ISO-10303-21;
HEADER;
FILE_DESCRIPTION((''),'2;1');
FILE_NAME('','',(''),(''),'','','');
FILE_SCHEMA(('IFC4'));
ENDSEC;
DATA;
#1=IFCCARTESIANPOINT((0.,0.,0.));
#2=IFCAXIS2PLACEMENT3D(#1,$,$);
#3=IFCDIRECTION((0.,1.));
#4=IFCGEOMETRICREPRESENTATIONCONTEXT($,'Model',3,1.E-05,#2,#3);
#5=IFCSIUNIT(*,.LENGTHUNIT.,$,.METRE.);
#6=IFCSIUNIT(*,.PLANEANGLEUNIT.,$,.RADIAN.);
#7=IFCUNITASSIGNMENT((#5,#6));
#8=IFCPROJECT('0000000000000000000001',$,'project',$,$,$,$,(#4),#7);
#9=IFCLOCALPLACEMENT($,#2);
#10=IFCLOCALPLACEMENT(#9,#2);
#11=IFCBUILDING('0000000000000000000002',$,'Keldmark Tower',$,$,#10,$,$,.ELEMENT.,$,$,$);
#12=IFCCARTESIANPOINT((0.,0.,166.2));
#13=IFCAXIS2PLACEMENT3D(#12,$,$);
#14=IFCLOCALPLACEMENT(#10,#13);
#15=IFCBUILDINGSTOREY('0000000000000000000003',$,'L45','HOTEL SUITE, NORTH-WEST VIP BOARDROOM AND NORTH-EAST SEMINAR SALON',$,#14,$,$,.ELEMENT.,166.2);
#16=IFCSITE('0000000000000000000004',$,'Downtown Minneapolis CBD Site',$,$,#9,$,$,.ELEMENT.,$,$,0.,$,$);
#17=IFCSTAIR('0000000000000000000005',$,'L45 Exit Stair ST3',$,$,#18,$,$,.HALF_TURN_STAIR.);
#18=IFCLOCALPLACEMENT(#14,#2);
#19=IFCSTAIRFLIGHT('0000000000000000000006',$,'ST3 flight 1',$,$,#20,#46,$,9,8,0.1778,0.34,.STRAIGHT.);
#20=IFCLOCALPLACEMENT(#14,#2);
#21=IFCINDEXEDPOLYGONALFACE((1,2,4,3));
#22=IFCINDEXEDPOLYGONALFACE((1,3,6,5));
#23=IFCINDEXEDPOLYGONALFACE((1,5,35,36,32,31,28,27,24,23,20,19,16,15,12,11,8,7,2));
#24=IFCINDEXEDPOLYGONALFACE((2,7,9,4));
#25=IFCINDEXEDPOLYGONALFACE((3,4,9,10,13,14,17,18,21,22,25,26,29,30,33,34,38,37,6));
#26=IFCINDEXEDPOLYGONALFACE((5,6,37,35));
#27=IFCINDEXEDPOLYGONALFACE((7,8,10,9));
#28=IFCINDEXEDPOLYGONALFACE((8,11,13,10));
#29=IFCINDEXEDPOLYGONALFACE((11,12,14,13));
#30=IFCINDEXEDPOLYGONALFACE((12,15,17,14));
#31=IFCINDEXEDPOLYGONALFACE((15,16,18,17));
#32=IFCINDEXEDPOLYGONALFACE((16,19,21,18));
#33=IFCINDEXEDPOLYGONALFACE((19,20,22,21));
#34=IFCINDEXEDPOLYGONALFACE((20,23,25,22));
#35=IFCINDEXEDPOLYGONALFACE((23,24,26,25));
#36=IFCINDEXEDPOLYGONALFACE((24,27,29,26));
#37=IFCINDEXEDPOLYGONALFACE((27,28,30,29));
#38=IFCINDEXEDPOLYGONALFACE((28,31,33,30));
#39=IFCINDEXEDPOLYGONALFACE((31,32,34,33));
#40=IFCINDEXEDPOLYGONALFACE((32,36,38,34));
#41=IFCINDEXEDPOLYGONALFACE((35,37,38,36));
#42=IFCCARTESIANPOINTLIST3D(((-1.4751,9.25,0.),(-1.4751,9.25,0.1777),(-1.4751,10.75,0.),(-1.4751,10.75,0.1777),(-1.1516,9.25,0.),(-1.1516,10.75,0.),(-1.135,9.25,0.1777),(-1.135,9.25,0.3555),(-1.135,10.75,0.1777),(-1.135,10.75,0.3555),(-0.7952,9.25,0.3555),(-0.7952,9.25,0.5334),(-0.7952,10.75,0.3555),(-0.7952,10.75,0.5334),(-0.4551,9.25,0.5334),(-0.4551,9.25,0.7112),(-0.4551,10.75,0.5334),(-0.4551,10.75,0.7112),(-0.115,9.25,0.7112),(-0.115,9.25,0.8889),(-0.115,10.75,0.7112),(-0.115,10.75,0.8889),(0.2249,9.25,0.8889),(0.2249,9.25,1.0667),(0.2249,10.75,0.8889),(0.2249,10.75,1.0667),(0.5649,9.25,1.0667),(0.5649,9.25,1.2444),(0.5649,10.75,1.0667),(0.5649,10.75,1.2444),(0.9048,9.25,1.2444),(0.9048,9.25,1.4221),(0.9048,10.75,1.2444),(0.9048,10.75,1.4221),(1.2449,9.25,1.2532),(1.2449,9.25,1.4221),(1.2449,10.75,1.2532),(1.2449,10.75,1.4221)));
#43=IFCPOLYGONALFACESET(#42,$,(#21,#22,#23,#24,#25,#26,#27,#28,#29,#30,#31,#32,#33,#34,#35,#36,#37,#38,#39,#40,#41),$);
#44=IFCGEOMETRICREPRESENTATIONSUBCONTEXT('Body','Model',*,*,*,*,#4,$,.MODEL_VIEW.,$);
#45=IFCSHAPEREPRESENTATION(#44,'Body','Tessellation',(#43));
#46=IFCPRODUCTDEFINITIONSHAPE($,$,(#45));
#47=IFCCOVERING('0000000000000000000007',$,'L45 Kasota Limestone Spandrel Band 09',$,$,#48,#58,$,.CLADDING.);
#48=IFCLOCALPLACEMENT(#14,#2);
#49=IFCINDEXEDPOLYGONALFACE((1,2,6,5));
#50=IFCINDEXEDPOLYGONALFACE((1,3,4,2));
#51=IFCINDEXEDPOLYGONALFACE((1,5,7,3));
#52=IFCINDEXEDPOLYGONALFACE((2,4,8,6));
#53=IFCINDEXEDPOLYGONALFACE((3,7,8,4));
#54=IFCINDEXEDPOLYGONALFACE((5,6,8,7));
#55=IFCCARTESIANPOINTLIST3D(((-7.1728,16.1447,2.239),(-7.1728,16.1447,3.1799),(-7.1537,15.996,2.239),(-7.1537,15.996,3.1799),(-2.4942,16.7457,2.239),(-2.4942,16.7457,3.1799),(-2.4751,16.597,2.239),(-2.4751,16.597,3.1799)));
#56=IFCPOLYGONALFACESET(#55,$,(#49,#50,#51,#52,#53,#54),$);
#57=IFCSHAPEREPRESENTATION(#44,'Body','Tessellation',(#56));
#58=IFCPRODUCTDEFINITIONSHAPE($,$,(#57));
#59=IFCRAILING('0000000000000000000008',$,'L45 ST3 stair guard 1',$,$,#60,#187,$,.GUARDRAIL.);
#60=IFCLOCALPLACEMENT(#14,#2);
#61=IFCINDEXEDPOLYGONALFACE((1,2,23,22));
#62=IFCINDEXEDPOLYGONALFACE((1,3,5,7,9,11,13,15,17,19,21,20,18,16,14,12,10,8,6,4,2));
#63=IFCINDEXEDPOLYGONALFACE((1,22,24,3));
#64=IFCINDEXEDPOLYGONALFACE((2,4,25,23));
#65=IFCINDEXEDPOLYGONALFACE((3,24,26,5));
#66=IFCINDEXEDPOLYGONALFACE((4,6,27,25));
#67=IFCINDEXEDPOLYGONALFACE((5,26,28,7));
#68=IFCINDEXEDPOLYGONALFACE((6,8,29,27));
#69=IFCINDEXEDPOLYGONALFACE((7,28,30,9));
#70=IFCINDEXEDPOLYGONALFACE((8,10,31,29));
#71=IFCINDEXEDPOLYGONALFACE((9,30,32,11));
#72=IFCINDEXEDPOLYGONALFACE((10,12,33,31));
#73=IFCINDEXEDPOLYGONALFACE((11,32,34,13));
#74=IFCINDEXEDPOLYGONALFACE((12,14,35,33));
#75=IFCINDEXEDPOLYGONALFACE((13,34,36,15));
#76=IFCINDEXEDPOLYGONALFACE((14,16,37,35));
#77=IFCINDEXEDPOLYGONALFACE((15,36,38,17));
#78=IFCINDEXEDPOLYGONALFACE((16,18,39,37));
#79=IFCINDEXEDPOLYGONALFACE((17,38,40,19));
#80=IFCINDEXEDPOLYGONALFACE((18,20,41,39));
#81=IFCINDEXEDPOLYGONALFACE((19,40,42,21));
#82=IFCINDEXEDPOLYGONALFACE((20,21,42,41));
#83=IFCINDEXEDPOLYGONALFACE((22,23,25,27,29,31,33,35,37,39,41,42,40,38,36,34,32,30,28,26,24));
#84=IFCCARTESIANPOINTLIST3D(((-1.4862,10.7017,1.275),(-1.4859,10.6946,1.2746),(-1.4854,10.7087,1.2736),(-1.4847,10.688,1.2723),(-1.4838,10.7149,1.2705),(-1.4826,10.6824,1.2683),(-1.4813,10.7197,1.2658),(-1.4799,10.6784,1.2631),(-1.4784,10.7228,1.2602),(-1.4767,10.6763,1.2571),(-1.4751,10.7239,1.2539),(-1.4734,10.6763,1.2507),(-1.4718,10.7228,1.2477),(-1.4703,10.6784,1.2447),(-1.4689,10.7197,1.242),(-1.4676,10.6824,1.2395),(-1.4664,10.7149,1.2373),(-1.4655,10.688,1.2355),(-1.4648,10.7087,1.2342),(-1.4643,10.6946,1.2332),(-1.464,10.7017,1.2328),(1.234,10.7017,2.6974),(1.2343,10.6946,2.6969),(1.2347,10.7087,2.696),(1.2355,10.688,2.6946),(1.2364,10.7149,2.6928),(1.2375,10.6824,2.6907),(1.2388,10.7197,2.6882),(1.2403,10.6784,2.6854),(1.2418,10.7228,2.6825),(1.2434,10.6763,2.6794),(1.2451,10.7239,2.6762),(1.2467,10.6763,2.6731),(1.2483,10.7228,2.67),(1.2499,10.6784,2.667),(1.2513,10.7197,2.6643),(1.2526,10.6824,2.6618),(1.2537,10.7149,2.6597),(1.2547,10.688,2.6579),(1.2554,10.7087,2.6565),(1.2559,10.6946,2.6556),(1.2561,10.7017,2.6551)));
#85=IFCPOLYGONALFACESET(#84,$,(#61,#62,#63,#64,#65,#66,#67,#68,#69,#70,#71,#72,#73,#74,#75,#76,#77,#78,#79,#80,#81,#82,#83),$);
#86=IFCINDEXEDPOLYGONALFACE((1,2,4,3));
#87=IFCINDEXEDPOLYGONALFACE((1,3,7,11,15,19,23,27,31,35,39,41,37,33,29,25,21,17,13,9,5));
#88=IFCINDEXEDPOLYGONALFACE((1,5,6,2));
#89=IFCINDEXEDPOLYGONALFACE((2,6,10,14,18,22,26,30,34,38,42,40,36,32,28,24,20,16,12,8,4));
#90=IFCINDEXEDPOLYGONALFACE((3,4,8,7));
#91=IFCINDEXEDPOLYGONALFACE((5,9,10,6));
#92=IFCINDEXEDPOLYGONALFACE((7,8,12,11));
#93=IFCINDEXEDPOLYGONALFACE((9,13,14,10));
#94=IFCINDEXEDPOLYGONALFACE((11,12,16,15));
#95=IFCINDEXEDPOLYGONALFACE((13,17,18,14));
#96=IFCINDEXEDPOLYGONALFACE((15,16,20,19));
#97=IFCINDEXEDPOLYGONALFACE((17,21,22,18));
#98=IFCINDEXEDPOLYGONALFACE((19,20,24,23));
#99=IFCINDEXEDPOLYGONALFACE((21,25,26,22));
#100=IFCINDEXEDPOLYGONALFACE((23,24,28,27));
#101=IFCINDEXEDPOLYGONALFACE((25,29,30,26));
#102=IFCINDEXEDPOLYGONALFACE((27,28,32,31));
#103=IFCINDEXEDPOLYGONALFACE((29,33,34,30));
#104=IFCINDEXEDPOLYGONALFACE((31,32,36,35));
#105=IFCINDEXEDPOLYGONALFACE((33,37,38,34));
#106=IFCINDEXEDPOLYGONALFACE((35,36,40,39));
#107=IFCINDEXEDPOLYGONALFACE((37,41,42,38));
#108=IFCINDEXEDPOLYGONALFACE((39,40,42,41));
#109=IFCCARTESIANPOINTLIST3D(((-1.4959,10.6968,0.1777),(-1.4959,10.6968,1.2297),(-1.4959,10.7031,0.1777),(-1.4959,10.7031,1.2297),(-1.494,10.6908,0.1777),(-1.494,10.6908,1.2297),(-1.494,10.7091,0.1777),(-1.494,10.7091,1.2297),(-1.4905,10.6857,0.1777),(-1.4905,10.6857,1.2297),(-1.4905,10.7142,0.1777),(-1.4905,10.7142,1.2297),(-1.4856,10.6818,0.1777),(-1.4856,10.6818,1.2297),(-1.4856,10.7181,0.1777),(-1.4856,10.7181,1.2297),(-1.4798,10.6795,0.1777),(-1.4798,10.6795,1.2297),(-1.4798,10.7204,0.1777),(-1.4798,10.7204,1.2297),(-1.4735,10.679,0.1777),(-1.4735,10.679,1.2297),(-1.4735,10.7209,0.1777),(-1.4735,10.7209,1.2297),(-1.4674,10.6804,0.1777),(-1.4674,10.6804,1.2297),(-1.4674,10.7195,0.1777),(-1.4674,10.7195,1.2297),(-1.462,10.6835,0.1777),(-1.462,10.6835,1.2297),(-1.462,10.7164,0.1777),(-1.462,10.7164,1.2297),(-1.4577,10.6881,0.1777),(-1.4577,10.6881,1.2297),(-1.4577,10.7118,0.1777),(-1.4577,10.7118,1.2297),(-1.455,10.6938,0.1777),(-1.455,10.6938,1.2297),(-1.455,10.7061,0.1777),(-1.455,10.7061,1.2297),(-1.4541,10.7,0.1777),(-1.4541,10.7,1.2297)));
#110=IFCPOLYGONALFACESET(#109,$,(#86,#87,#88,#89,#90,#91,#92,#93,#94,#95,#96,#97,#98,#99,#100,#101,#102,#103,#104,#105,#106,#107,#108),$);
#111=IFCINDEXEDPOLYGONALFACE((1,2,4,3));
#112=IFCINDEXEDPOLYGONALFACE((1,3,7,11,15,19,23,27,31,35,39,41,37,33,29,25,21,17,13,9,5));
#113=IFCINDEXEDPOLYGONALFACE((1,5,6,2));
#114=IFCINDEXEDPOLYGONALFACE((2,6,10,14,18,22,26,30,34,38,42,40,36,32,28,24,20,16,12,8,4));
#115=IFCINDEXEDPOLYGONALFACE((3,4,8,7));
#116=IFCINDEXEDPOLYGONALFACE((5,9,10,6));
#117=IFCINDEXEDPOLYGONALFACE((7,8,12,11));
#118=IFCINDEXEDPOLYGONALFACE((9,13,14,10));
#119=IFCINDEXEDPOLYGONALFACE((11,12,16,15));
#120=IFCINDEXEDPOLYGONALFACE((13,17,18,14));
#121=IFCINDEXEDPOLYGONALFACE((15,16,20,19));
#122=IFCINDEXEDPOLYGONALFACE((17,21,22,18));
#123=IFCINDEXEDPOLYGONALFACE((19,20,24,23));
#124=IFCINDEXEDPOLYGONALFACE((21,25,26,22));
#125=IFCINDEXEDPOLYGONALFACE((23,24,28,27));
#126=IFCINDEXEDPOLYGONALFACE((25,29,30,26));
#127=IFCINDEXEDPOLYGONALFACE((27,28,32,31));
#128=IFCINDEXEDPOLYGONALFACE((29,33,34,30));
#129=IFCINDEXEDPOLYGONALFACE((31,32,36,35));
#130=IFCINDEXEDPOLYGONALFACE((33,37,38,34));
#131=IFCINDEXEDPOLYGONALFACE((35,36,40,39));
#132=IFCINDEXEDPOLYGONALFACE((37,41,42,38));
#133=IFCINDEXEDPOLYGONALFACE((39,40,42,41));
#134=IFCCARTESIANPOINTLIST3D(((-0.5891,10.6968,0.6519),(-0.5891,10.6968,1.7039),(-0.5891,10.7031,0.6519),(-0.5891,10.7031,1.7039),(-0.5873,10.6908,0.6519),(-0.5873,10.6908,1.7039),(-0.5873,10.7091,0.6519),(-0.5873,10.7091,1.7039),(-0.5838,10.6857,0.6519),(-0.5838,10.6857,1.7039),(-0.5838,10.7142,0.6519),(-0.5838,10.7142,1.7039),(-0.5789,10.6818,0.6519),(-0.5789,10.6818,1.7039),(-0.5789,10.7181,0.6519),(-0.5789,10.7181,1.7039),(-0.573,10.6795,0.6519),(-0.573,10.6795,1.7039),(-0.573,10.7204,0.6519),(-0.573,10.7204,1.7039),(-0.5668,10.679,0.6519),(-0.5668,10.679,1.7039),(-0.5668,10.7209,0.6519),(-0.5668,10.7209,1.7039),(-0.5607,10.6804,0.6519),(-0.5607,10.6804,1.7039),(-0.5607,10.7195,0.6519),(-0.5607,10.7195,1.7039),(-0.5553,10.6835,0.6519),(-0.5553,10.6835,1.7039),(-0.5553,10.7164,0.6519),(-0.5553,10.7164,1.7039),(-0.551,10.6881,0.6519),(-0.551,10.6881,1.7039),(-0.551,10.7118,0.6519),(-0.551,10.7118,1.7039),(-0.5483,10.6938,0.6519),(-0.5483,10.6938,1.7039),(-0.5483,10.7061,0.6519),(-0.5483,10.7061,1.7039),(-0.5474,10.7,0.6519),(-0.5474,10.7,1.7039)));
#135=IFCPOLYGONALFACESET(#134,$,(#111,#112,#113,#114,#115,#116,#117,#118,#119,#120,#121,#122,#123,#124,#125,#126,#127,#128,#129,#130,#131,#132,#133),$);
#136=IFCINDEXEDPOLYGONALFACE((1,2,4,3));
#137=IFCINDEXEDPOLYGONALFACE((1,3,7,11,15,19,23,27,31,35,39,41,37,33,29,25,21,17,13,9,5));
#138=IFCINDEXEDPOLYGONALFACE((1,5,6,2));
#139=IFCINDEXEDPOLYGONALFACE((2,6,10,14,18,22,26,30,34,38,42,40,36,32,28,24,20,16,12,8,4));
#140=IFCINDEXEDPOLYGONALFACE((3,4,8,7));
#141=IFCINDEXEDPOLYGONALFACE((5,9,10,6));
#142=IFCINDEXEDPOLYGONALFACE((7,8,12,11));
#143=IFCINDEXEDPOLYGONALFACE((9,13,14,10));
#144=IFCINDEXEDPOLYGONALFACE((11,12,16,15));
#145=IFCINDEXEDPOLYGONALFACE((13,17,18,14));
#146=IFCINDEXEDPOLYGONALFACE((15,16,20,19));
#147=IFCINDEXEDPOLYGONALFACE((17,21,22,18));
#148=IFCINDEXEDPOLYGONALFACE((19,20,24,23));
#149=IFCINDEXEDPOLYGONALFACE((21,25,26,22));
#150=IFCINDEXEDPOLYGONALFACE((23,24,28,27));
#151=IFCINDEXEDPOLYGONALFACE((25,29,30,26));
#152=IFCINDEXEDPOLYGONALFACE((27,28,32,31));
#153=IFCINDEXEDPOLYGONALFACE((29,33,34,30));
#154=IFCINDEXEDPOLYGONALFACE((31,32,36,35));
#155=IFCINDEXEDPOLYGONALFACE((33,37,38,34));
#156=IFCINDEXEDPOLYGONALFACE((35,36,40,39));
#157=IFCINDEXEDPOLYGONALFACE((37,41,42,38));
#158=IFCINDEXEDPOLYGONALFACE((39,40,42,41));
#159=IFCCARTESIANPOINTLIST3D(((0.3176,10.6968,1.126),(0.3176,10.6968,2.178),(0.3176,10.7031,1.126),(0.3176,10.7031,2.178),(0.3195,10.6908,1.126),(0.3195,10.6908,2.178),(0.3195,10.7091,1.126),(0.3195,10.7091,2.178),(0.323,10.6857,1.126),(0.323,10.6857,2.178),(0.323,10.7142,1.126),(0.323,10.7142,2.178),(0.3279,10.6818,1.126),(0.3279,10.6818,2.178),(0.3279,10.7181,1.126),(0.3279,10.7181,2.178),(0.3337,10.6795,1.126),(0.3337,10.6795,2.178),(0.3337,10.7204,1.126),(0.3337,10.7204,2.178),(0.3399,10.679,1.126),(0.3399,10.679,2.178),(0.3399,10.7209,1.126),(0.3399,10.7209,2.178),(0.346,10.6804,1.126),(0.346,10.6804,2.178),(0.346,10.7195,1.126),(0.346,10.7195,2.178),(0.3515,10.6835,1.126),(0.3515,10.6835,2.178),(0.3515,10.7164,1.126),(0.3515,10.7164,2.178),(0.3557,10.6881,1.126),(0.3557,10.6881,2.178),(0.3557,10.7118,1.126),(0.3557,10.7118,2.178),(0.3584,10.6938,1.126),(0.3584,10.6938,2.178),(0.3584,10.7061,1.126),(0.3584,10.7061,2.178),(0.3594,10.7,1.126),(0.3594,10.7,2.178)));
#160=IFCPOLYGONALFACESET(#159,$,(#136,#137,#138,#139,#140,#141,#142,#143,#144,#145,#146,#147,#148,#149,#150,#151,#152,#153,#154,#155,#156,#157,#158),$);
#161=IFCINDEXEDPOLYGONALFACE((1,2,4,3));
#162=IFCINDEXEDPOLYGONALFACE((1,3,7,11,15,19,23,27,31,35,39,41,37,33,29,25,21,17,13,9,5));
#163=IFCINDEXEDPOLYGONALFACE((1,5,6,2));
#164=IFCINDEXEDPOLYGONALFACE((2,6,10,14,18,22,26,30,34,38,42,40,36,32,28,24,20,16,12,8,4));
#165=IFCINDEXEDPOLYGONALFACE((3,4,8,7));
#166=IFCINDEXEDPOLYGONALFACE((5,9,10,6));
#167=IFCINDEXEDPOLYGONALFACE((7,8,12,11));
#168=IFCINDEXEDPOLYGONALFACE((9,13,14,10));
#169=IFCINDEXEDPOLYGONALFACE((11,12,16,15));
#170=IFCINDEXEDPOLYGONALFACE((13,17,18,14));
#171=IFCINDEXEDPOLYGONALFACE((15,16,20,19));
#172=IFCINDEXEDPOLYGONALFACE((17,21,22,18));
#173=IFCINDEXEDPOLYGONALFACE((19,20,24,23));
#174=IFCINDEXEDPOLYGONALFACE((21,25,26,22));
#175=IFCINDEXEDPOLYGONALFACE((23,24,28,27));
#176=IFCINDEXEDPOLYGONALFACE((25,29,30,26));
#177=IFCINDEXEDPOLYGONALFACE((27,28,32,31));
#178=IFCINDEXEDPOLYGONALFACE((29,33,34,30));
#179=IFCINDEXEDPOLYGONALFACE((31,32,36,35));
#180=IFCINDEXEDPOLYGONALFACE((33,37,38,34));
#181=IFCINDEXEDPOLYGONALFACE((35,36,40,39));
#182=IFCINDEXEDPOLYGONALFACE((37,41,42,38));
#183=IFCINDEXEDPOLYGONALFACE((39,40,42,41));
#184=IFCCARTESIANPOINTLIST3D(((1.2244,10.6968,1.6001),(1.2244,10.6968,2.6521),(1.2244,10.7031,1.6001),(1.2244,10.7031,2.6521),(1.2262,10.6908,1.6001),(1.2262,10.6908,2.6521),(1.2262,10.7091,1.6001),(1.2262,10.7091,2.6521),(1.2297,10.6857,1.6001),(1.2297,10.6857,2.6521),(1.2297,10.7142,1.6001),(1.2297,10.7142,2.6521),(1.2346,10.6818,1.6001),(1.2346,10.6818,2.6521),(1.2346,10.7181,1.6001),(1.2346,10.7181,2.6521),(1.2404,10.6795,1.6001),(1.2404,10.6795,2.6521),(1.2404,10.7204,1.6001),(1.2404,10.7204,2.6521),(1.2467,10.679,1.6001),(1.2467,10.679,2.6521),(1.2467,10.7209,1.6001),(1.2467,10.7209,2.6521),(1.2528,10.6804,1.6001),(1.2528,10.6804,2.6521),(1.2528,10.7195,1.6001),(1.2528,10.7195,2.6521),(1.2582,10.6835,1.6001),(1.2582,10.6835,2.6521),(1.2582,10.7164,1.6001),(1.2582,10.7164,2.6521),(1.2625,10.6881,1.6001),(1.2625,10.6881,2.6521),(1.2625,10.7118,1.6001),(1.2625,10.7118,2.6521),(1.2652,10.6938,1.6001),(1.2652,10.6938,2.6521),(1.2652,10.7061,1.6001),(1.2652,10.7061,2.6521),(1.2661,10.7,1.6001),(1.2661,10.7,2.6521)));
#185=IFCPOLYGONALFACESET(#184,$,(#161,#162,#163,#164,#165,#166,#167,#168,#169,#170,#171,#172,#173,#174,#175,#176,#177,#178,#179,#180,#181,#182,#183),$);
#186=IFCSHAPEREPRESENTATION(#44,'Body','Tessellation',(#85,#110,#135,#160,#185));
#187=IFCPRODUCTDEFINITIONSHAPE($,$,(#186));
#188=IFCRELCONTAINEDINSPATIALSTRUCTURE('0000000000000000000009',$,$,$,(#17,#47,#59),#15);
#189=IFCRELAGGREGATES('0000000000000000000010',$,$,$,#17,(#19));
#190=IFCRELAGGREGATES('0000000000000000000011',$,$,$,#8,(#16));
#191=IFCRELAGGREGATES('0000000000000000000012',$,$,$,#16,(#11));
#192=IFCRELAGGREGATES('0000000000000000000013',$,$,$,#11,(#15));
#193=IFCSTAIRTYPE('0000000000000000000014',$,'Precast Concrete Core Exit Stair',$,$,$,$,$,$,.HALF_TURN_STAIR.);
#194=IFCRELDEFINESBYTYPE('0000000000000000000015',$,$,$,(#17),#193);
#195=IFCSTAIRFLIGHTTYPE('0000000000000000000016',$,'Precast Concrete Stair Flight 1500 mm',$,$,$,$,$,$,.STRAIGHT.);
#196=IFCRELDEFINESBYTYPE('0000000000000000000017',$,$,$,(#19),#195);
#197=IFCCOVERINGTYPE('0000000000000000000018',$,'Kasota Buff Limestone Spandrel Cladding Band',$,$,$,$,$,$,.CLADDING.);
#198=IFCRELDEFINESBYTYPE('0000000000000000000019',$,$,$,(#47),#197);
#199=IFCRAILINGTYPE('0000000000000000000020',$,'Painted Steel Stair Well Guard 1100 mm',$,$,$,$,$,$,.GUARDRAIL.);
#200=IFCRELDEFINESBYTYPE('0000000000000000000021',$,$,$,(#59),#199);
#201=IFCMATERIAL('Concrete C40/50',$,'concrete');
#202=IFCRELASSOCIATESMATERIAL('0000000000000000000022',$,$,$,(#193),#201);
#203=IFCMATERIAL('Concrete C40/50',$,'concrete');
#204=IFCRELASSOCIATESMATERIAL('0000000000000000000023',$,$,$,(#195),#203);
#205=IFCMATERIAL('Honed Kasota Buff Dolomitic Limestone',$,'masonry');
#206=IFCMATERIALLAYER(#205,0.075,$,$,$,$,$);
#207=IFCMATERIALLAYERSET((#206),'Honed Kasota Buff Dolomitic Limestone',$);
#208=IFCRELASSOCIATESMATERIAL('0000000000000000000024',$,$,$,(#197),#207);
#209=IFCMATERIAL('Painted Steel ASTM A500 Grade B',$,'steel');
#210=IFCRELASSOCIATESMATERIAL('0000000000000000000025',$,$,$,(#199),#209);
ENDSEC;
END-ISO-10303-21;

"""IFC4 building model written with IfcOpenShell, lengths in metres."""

from ifc_helpers import new_model, si_unit, direction, frame, origin, origin_2d, place, context, subcontext, project, spatial, polyline, rectangle, circle, outline, extrude, material, layer, layer_set, type_object, element, aggregate, save


model = new_model("IFC4")

# Units and contexts
model_context = context("Model", 3, precision=1e-05, world=origin(), true_north=direction((0.0, 1.0)))
body_context = subcontext(model_context, "Body", "Model", "MODEL_VIEW")
ifc_project = project(units=[si_unit("LENGTHUNIT", "METRE"), si_unit("PLANEANGLEUNIT", "RADIAN")], contexts=[model_context])

# Site, building, storey
site_placement = place(None, origin())
site = spatial("IfcSite", under=ifc_project, at=site_placement, Name="Downtown Minneapolis CBD Site", CompositionType="ELEMENT", RefElevation=0.0)
building_placement = place(site_placement, origin())
building = spatial("IfcBuilding", under=site, at=building_placement, Name="Keldmark Tower", CompositionType="ELEMENT")
storey_placement = place(building_placement, frame((0.0, 0.0, 166.2)))
storey = spatial("IfcBuildingStorey", under=building, at=storey_placement, Name="L45", Description="HOTEL SUITE, NORTH-WEST VIP BOARDROOM AND NORTH-EAST SEMINAR SALON", CompositionType="ELEMENT", Elevation=166.2)

# Stair, stair flight
ifc_material_1 = material(Name="Concrete C40/50", Category="concrete")
stair_type = type_object("IfcStairType", Name="Precast Concrete Core Exit Stair", PredefinedType="HALF_TURN_STAIR", material=ifc_material_1)
stair_placement = place(storey_placement, origin())
stair = element("IfcStair", 1, at=stair_placement, inside=storey, type_object=stair_type, Name="L45 Exit Stair ST3", PredefinedType="HALF_TURN_STAIR")
ifc_material_2 = material(Name="Concrete C40/50", Category="concrete")
stair_flight_type = type_object("IfcStairFlightType", Name="Precast Concrete Stair Flight 1500 mm", PredefinedType="STRAIGHT", material=ifc_material_2)
stair_flight_placement = place(storey_placement, frame((-1.4751, 10.0, 0.0), z_axis=(0.0, 0.0, 1.0), x_axis=(1.0, 0.0, 0.0)))
stair_flight = element("IfcStairFlight", 2, at=stair_flight_placement, type_object=stair_flight_type, Name="ST3 flight 1", NumberOfRisers=9, NumberOfTreads=8, PredefinedType="STRAIGHT", RiserHeight=0.1778, TreadLength=0.34, context=body_context, shape_type="SweptSolid", body=[
    extrude(outline(polyline([(0.0, 0.0), (0.0, 0.1777), (0.3401, 0.1777), (0.3401, 0.3555), (0.6799, 0.3555), (0.6799, 0.5334), (1.02, 0.5334), (1.02, 0.7112), (1.3601, 0.7112), (1.3601, 0.8889), (1.7, 0.8889), (1.7, 1.0667), (2.04, 1.0667), (2.04, 1.2444), (2.3799, 1.2444), (2.3799, 1.4221), (2.72, 1.4221), (2.72, 1.6001), (2.72, 1.2532), (0.3235, 0.0), (0.0, 0.0)])), frame((0.0, 0.75, 0.0), z_axis=(0.0, -1.0, 0.0), x_axis=(1.0, 0.0, 0.0)), (0.0, 0.0, 1.0), 1.5),
])
aggregate(stair, [stair_flight])

# Covering
ifc_material_3 = material(Name="Honed Kasota Buff Dolomitic Limestone", Category="masonry")
ifc_layer_1 = layer(ifc_material_3, 0.075)
ifc_layer_set_1 = layer_set([ifc_layer_1], Name="Honed Kasota Buff Dolomitic Limestone")
covering_type = type_object("IfcCoveringType", Name="Kasota Buff Limestone Spandrel Cladding Band", PredefinedType="CLADDING", material=ifc_layer_set_1)
covering_placement = place(storey_placement, frame((-4.824, 16.3708, 2.239), z_axis=(0.0, 0.0, 1.0), x_axis=(-0.99185, -0.127411, 0.0)))
element("IfcCovering", 3, at=covering_placement, inside=storey, type_object=covering_type, Name="L45 Kasota Limestone Spandrel Band 09", PredefinedType="CLADDING", context=body_context, shape_type="SweptSolid", body=[
    extrude(rectangle(XDim=4.717, YDim=0.1499, at=origin_2d()), origin(), (0.0, 0.0, 1.0), 0.9409),
])

# Railing
ifc_material_4 = material(Name="Painted Steel ASTM A500 Grade B", Category="steel")
railing_type = type_object("IfcRailingType", Name="Painted Steel Stair Well Guard 1100 mm", PredefinedType="GUARDRAIL", material=ifc_material_4)
railing_1_placement = place(storey_placement, frame((-1.4751, 10.7, 0.1777)))
element("IfcRailing", 4, at=railing_1_placement, inside=storey, type_object=railing_type, Name="L45 ST3 stair guard 1", PredefinedType="GUARDRAIL", context=body_context, shape_type="SweptSolid", body=[
    extrude(circle(Radius=0.0239, at=origin_2d()), frame((0.0, 0.0, 1.0762), z_axis=(0.886168, 0.0, 0.463365), x_axis=(0.0, 1.0, 0.0)), (0.0, 0.0, 1.0), 3.0696),
    extrude(circle(Radius=0.021, at=origin_2d()), origin(), (0.0, 0.0, 1.0), 1.052),
    extrude(circle(Radius=0.021, at=origin_2d()), frame((0.9067, 0.0, 0.4741)), (0.0, 0.0, 1.0), 1.052),
    extrude(circle(Radius=0.021, at=origin_2d()), frame((1.8135, 0.0, 0.9482)), (0.0, 0.0, 1.0), 1.052),
    extrude(circle(Radius=0.021, at=origin_2d()), frame((2.7202, 0.0, 1.4224)), (0.0, 0.0, 1.0), 1.052),
])

save(model, "model.ifc")
